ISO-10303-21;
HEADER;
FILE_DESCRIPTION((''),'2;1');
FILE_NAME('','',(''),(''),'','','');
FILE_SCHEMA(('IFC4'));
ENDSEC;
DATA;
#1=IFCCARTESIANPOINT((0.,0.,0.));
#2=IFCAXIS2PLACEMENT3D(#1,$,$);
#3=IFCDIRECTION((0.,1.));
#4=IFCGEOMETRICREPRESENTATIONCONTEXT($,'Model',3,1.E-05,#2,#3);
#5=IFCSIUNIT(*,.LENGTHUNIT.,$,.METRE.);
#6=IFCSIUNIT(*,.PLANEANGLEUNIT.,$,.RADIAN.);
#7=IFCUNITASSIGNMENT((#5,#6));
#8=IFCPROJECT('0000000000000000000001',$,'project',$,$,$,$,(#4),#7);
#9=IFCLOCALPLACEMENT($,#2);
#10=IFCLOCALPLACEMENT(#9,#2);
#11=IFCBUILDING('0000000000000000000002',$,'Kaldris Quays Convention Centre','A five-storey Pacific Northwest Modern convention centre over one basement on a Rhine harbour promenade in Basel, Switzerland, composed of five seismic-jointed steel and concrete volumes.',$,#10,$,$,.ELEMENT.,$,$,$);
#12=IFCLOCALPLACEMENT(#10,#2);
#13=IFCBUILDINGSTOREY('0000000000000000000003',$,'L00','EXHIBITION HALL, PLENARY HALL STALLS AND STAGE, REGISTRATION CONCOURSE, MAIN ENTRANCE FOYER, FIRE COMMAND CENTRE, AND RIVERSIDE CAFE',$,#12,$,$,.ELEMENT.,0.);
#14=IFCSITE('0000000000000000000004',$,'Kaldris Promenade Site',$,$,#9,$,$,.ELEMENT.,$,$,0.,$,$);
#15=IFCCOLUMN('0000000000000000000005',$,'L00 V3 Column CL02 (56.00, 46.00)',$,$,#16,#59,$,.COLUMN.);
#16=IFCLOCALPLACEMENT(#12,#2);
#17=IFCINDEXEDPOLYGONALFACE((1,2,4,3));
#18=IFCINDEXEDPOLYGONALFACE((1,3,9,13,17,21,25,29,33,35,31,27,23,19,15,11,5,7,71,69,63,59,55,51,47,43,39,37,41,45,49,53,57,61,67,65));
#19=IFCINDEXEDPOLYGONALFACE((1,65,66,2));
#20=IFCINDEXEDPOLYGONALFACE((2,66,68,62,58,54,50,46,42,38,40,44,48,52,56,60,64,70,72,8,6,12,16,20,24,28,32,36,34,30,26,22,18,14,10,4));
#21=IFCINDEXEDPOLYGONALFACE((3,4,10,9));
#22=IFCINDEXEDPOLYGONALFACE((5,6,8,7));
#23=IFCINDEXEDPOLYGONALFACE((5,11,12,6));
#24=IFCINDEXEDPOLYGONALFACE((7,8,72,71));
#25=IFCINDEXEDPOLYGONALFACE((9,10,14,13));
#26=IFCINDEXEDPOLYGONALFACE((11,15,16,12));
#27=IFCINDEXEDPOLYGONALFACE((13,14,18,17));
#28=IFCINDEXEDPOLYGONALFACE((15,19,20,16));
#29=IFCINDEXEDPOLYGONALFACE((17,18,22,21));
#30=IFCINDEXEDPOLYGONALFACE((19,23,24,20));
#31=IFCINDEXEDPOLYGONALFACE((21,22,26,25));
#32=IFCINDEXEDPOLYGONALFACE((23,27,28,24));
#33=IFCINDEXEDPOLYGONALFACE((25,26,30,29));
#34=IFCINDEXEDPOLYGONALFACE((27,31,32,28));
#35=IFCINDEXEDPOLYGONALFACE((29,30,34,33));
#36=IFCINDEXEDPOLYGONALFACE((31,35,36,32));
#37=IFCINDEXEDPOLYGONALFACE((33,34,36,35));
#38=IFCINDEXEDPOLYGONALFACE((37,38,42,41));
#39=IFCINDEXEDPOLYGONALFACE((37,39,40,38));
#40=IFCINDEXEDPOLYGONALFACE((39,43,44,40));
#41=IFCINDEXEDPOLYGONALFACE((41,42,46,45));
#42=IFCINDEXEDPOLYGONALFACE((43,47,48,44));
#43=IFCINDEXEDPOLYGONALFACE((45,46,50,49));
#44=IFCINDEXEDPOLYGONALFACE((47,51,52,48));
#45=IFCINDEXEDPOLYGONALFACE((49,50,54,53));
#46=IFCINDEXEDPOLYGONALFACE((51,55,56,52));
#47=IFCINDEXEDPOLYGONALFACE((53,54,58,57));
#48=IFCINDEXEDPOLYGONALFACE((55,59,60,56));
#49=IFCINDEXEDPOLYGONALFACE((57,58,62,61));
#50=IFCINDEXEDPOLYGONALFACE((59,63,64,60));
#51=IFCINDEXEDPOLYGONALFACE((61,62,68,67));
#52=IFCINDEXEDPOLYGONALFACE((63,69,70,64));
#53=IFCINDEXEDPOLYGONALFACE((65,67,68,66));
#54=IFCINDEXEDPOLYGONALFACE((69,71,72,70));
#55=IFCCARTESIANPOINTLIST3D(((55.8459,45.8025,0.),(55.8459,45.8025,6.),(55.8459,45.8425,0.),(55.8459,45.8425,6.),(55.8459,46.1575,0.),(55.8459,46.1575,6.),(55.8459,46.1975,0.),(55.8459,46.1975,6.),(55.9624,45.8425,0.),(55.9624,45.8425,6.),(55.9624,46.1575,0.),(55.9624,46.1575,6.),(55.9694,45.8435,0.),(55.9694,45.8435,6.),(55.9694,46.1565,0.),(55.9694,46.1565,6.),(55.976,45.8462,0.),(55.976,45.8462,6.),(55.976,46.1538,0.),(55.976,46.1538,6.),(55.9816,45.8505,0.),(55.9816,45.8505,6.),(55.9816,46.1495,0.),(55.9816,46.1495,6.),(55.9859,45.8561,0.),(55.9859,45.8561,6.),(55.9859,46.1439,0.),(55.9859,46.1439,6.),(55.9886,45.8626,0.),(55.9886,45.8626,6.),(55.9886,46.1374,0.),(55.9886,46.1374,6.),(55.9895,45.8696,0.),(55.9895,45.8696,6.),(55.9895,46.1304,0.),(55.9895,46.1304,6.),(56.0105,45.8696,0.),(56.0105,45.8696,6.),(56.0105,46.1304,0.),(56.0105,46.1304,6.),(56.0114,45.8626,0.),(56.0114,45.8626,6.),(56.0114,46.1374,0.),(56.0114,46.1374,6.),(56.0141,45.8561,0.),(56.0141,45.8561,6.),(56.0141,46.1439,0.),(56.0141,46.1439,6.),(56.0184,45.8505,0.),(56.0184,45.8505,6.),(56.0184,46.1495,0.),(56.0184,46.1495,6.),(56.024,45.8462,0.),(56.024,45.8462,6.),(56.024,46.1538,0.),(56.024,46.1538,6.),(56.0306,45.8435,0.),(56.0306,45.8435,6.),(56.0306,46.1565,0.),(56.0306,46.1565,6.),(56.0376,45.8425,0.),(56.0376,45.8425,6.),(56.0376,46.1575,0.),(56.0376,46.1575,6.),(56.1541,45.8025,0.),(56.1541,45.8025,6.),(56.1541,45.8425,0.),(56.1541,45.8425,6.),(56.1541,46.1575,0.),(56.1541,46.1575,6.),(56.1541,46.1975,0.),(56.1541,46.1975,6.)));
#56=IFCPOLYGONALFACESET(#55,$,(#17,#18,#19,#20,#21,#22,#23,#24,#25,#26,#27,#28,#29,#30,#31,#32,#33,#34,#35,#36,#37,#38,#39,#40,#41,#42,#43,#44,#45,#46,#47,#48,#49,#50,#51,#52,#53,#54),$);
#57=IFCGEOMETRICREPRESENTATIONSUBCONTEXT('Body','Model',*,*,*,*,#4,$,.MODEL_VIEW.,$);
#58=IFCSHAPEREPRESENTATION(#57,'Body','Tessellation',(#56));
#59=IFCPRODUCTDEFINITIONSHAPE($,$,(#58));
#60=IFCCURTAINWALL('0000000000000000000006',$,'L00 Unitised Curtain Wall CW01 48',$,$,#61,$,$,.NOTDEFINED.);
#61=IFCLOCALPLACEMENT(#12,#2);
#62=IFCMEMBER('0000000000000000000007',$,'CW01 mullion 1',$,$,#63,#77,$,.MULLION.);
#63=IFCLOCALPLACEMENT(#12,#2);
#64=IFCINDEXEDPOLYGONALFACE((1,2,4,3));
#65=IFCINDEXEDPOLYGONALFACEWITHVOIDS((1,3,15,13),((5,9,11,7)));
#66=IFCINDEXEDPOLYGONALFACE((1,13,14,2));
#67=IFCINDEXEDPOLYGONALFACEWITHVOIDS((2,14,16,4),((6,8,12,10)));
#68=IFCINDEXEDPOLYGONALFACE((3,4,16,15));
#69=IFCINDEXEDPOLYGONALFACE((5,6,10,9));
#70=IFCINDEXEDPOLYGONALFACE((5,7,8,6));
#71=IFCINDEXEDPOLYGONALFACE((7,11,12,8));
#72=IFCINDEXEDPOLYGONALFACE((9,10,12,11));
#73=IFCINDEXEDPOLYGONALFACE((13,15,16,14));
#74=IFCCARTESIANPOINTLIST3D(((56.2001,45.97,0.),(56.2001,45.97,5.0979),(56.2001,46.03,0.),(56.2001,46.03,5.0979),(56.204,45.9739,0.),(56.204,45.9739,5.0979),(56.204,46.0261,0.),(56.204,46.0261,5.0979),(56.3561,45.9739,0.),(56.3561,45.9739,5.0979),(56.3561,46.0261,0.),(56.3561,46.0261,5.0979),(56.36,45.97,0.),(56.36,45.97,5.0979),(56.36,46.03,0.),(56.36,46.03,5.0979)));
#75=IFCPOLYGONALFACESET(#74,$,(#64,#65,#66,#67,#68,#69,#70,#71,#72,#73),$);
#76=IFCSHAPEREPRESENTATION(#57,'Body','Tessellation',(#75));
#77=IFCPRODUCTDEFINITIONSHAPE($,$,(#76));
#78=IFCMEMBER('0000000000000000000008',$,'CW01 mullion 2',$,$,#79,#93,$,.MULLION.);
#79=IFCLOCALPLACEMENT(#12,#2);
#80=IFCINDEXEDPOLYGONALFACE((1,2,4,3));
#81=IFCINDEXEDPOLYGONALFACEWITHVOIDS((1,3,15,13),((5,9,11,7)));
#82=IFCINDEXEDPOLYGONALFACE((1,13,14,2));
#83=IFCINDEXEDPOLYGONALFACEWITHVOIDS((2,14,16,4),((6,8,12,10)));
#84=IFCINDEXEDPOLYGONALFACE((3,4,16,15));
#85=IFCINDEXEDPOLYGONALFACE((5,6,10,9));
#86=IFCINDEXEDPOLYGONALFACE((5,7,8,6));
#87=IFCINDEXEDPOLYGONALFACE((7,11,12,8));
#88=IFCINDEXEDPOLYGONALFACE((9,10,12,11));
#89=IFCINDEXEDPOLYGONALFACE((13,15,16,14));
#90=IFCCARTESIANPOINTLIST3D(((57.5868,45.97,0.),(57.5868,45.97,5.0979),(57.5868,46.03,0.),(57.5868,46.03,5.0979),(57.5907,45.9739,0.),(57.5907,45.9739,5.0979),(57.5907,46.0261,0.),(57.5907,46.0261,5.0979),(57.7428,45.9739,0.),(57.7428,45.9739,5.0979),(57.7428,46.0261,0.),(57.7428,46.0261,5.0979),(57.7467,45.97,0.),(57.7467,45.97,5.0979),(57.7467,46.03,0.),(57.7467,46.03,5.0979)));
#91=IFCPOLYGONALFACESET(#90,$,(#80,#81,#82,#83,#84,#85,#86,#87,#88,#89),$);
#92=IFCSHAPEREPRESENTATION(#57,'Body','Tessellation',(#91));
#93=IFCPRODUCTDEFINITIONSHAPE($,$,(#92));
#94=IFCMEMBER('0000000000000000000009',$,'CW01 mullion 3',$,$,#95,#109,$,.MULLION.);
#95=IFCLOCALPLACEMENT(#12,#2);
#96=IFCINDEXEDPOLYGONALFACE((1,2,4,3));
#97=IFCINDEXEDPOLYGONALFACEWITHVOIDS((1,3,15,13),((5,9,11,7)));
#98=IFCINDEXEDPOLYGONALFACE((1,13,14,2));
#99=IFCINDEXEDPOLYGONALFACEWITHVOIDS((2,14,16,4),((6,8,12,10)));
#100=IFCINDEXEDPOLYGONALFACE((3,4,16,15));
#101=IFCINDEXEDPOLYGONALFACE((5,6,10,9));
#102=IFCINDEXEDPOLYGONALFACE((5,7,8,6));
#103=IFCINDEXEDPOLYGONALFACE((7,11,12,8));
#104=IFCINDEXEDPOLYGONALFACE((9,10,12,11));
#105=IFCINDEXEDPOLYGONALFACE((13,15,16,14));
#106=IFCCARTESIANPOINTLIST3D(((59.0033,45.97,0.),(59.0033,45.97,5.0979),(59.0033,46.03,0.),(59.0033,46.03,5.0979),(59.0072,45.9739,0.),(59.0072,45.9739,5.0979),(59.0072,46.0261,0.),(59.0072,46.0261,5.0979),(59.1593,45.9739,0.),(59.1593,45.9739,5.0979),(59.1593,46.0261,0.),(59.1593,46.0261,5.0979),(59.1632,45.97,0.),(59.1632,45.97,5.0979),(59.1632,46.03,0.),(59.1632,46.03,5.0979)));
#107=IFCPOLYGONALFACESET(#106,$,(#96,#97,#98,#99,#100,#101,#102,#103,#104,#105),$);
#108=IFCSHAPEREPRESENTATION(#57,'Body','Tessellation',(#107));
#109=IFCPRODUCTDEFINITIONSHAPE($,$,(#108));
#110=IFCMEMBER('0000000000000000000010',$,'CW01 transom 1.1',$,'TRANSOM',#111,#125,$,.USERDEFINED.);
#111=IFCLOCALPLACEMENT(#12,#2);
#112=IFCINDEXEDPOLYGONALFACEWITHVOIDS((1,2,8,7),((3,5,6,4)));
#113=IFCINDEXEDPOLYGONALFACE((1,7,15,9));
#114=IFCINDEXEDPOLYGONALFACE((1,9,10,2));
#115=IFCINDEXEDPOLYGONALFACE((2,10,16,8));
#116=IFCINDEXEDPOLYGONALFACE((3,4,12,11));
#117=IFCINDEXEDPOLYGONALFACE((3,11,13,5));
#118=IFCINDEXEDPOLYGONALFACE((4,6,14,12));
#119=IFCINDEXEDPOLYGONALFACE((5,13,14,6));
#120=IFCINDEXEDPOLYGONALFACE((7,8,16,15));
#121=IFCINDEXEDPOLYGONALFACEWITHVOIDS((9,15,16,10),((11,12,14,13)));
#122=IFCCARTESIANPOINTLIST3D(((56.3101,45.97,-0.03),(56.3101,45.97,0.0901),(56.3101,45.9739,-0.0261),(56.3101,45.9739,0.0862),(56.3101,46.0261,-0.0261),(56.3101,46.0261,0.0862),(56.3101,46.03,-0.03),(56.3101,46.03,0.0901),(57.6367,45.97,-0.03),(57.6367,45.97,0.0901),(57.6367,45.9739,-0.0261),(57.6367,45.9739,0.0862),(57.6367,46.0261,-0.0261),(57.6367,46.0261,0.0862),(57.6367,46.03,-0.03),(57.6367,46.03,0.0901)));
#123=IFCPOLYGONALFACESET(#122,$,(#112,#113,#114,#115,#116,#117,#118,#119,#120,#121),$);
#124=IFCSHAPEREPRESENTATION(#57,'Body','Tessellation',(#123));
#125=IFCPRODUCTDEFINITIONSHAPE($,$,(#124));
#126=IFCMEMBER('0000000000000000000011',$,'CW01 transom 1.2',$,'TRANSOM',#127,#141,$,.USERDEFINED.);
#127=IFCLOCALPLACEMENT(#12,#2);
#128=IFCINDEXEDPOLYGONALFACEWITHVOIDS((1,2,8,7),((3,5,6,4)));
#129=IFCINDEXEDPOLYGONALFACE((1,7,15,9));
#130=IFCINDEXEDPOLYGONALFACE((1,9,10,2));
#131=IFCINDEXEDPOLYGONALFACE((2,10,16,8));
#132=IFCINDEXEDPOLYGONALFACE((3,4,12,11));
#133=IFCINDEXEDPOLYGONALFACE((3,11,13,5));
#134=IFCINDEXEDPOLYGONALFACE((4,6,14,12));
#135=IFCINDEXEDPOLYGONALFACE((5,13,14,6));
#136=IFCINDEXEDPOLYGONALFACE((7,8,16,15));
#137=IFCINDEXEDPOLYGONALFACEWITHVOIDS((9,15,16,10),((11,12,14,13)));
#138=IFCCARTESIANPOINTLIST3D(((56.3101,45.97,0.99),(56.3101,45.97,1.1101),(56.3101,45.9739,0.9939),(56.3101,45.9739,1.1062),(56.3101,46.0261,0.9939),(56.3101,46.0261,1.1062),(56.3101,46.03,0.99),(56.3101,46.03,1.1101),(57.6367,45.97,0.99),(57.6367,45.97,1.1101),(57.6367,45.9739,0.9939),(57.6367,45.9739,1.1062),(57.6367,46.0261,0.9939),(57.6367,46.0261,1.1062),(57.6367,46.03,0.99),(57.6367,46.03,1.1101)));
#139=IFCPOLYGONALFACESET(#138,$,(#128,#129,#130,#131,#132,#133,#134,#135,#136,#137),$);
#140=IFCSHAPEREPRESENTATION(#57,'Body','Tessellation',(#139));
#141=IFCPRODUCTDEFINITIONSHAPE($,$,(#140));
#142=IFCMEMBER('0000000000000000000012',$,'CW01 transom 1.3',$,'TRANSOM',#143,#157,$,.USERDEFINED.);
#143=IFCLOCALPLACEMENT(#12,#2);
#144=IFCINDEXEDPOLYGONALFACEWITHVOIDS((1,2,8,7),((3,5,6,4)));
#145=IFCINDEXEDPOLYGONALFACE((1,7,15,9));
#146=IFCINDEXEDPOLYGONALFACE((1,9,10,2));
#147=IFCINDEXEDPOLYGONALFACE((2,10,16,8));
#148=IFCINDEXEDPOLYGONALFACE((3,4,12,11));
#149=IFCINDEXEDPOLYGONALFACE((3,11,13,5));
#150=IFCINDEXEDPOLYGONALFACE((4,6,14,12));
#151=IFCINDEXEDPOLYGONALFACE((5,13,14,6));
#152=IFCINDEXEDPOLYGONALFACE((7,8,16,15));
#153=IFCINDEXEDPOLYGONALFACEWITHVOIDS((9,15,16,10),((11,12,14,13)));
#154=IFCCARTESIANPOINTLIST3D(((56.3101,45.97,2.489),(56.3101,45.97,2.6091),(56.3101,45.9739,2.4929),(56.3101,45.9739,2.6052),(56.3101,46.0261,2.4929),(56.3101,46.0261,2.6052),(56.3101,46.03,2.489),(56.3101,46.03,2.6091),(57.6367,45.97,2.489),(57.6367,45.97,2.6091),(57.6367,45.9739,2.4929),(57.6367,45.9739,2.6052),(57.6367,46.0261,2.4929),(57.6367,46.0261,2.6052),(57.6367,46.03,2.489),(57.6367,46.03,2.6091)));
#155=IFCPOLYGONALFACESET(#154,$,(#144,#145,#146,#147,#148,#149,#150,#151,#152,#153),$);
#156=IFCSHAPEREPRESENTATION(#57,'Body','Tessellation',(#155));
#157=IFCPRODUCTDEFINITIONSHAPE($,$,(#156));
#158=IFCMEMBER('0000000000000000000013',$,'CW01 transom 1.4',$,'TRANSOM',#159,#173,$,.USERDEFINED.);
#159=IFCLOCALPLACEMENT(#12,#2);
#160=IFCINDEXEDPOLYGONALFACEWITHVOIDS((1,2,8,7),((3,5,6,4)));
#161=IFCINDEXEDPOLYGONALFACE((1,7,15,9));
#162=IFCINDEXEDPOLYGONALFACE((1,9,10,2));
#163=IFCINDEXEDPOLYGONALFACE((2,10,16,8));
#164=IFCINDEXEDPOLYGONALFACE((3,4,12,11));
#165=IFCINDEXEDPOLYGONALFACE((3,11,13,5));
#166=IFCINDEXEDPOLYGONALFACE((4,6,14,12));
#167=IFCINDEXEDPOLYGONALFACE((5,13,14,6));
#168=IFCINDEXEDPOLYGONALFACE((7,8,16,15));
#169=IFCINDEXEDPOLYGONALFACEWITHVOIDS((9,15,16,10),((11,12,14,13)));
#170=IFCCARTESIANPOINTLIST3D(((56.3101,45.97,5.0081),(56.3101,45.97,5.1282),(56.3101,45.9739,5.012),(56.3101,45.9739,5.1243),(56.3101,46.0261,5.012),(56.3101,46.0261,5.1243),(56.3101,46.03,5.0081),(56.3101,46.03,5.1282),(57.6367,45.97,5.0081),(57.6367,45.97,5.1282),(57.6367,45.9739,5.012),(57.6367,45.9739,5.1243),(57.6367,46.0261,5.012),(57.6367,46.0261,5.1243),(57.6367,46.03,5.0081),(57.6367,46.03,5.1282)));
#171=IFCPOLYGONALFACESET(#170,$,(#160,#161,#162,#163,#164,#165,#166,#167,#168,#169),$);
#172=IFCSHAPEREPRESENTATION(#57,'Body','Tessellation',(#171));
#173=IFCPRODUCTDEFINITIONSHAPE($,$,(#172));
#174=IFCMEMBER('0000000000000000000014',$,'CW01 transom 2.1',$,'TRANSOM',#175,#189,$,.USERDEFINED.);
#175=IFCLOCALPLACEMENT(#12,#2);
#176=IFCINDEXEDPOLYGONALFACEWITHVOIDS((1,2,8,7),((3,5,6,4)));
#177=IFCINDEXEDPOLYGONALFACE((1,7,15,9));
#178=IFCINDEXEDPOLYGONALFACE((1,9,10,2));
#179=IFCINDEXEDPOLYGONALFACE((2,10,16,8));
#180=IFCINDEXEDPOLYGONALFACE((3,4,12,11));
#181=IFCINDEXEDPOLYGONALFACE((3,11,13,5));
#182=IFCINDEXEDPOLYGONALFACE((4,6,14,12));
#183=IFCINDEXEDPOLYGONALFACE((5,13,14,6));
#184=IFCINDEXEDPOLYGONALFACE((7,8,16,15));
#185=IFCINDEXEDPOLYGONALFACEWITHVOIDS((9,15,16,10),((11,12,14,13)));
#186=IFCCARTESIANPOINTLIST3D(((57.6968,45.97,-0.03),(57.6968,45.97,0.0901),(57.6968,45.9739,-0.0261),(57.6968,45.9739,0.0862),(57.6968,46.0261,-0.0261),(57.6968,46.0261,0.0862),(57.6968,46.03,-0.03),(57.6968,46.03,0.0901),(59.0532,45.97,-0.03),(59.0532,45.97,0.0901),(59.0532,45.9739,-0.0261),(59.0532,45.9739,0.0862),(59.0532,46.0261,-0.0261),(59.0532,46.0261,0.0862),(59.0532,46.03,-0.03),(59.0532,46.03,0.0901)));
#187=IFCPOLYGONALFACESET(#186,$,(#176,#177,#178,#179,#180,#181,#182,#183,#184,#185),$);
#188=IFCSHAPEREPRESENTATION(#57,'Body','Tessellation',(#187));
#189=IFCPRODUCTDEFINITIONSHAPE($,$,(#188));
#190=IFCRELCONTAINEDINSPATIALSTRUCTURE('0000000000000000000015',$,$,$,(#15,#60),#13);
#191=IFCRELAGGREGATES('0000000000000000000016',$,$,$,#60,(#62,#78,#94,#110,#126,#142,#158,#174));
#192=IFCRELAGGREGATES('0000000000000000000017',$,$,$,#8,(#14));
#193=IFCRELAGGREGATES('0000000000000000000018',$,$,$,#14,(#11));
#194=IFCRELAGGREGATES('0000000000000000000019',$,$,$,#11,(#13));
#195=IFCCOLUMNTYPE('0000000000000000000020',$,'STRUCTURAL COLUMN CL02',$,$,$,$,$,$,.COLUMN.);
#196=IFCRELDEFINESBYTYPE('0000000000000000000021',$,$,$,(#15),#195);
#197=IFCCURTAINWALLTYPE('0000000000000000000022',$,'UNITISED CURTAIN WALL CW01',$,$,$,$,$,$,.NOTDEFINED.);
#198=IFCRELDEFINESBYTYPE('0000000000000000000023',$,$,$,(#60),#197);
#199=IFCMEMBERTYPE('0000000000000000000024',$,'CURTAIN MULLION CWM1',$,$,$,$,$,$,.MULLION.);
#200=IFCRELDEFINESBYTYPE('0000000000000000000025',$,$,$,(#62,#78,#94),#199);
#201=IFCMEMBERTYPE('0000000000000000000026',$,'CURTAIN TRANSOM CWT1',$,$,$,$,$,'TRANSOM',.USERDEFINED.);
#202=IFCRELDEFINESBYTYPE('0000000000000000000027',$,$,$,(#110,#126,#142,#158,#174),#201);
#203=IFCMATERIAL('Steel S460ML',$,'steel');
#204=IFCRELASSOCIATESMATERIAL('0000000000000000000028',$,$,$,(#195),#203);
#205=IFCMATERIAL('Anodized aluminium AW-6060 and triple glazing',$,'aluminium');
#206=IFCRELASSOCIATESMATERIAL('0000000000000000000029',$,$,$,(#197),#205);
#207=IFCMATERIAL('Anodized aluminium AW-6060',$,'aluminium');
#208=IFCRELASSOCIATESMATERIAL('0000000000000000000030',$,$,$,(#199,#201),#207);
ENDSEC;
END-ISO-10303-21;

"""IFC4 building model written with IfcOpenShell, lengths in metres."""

from ifc_helpers import new_model, si_unit, direction, frame, origin, origin_2d, place, context, subcontext, project, spatial, hollow_rectangle, i_section, extrude, material, material_profile, profile_set, type_object, element, aggregate, save


model = new_model("IFC4")

# Units and contexts
model_context = context("Model", 3, precision=1e-05, world=origin(), true_north=direction((0.0, 1.0)))
body_context = subcontext(model_context, "Body", "Model", "MODEL_VIEW")
ifc_project = project(units=[si_unit("LENGTHUNIT", "METRE"), si_unit("PLANEANGLEUNIT", "RADIAN")], contexts=[model_context])

# Site, building, storey
site_placement = place(None, origin())
site = spatial("IfcSite", under=ifc_project, at=site_placement, Name="Kaldris Promenade Site", CompositionType="ELEMENT", RefElevation=0.0)
building_placement = place(site_placement, origin())
building = spatial("IfcBuilding", under=site, at=building_placement, Name="Kaldris Quays Convention Centre", Description="A five-storey Pacific Northwest Modern convention centre over one basement on a Rhine harbour promenade in Basel, Switzerland, composed of five seismic-jointed steel and concrete volumes.", CompositionType="ELEMENT")
storey_placement = place(building_placement, origin())
storey = spatial("IfcBuildingStorey", under=building, at=storey_placement, Name="L00", Description="EXHIBITION HALL, PLENARY HALL STALLS AND STAGE, REGISTRATION CONCOURSE, MAIN ENTRANCE FOYER, FIRE COMMAND CENTRE, AND RIVERSIDE CAFE", CompositionType="ELEMENT", Elevation=0.0)

# Column
ifc_material_1 = material(Name="Steel S460ML", Category="steel")
ifc_material_profile_1 = material_profile(ifc_material_1, i_section(OverallWidth=0.3081, OverallDepth=0.395, WebThickness=0.021, FlangeThickness=0.04, FilletRadius=0.0271, at=origin_2d()), Name="HEM 360")
ifc_profile_set_1 = profile_set([ifc_material_profile_1], Name="Steel S460ML")
column_type = type_object("IfcColumnType", Name="STRUCTURAL COLUMN CL02", PredefinedType="COLUMN", material=ifc_profile_set_1)
column_placement = place(storey_placement, frame((56.0, 46.0, 0.0), z_axis=(0.0, 0.0, 1.0), x_axis=(1.0, 0.0, 0.0)))
element("IfcColumn", 1, at=column_placement, inside=storey, type_object=column_type, Name="L00 V3 Column CL02 (56.00, 46.00)", PredefinedType="COLUMN", context=body_context, shape_type="SweptSolid", body=[
    extrude(i_section(OverallWidth=0.3081, OverallDepth=0.395, WebThickness=0.021, FlangeThickness=0.04, FilletRadius=0.0271, at=origin_2d()), origin(), (0.0, 0.0, 1.0), 6.0),
])

# Curtain wall, members
ifc_material_2 = material(Name="Anodized aluminium AW-6060 and triple glazing", Category="aluminium")
curtain_wall_type = type_object("IfcCurtainWallType", Name="UNITISED CURTAIN WALL CW01", PredefinedType="NOTDEFINED", material=ifc_material_2)
curtain_wall_placement = place(storey_placement, origin())
curtain_wall = element("IfcCurtainWall", 2, at=curtain_wall_placement, inside=storey, type_object=curtain_wall_type, Name="L00 Unitised Curtain Wall CW01 48", PredefinedType="NOTDEFINED")
ifc_material_3 = material(Name="Anodized aluminium AW-6060", Category="aluminium")
ifc_material_profile_2 = material_profile(ifc_material_3, hollow_rectangle(XDim=0.0601, YDim=0.1599, WallThickness=0.0039, at=origin_2d()), Name="RHS 160x60x4")
ifc_profile_set_2 = profile_set([ifc_material_profile_2], Name="Anodized aluminium AW-6060")
member_type_1 = type_object("IfcMemberType", Name="CURTAIN MULLION CWM1", PredefinedType="MULLION", material=ifc_profile_set_2)
member_1_placement = place(storey_placement, frame((56.28, 46.0, 0.0), z_axis=(0.0, 0.0, 1.0), x_axis=(0.0, 1.0, 0.0)))
member_1 = element("IfcMember", 3, at=member_1_placement, type_object=member_type_1, Name="CW01 mullion 1", PredefinedType="MULLION", context=body_context, shape_type="SweptSolid", body=[
    extrude(hollow_rectangle(XDim=0.0601, YDim=0.1599, WallThickness=0.0039, at=origin_2d()), origin(), (0.0, 0.0, 1.0), 5.0979),
])
member_2_placement = place(storey_placement, frame((57.6667, 46.0, 0.0), z_axis=(0.0, 0.0, 1.0), x_axis=(0.0, 1.0, 0.0)))
member_2 = element("IfcMember", 4, at=member_2_placement, type_object=member_type_1, Name="CW01 mullion 2", PredefinedType="MULLION", context=body_context, shape_type="SweptSolid", body=[
    extrude(hollow_rectangle(XDim=0.0601, YDim=0.1599, WallThickness=0.0039, at=origin_2d()), origin(), (0.0, 0.0, 1.0), 5.0979),
])
member_3_placement = place(storey_placement, frame((59.0833, 46.0, 0.0), z_axis=(0.0, 0.0, 1.0), x_axis=(0.0, 1.0, 0.0)))
member_3 = element("IfcMember", 5, at=member_3_placement, type_object=member_type_1, Name="CW01 mullion 3", PredefinedType="MULLION", context=body_context, shape_type="SweptSolid", body=[
    extrude(hollow_rectangle(XDim=0.0601, YDim=0.1599, WallThickness=0.0039, at=origin_2d()), origin(), (0.0, 0.0, 1.0), 5.0979),
])
ifc_material_profile_3 = material_profile(ifc_material_3, hollow_rectangle(XDim=0.0601, YDim=0.1201, WallThickness=0.0039, at=origin_2d()), Name="RHS 120x60x4")
ifc_profile_set_3 = profile_set([ifc_material_profile_3], Name="Anodized aluminium AW-6060")
member_type_2 = type_object("IfcMemberType", Name="CURTAIN TRANSOM CWT1", ElementType="TRANSOM", PredefinedType="USERDEFINED", material=ifc_profile_set_3)
member_4_placement = place(storey_placement, frame((56.3101, 46.0, 0.03), z_axis=(1.0, 0.0, 0.0), x_axis=(0.0, 1.0, 0.0)))
member_4 = element("IfcMember", 6, at=member_4_placement, type_object=member_type_2, Name="CW01 transom 1.1", ObjectType="TRANSOM", PredefinedType="USERDEFINED", context=body_context, shape_type="SweptSolid", body=[
    extrude(hollow_rectangle(XDim=0.0601, YDim=0.1201, WallThickness=0.0039, at=origin_2d()), origin(), (0.0, 0.0, 1.0), 1.3267),
])
member_5_placement = place(storey_placement, frame((56.3101, 46.0, 1.05), z_axis=(1.0, 0.0, 0.0), x_axis=(0.0, 1.0, 0.0)))
member_5 = element("IfcMember", 7, at=member_5_placement, type_object=member_type_2, Name="CW01 transom 1.2", ObjectType="TRANSOM", PredefinedType="USERDEFINED", context=body_context, shape_type="SweptSolid", body=[
    extrude(hollow_rectangle(XDim=0.0601, YDim=0.1201, WallThickness=0.0039, at=origin_2d()), origin(), (0.0, 0.0, 1.0), 1.3267),
])
member_6_placement = place(storey_placement, frame((56.3101, 46.0, 2.5491), z_axis=(1.0, 0.0, 0.0), x_axis=(0.0, 1.0, 0.0)))
member_6 = element("IfcMember", 8, at=member_6_placement, type_object=member_type_2, Name="CW01 transom 1.3", ObjectType="TRANSOM", PredefinedType="USERDEFINED", context=body_context, shape_type="SweptSolid", body=[
    extrude(hollow_rectangle(XDim=0.0601, YDim=0.1201, WallThickness=0.0039, at=origin_2d()), origin(), (0.0, 0.0, 1.0), 1.3267),
])
member_7_placement = place(storey_placement, frame((56.3101, 46.0, 5.0681), z_axis=(1.0, 0.0, 0.0), x_axis=(0.0, 1.0, 0.0)))
member_7 = element("IfcMember", 9, at=member_7_placement, type_object=member_type_2, Name="CW01 transom 1.4", ObjectType="TRANSOM", PredefinedType="USERDEFINED", context=body_context, shape_type="SweptSolid", body=[
    extrude(hollow_rectangle(XDim=0.0601, YDim=0.1201, WallThickness=0.0039, at=origin_2d()), origin(), (0.0, 0.0, 1.0), 1.3267),
])
member_8_placement = place(storey_placement, frame((57.6968, 46.0, 0.03), z_axis=(1.0, 0.0, 0.0), x_axis=(0.0, 1.0, 0.0)))
member_8 = element("IfcMember", 10, at=member_8_placement, type_object=member_type_2, Name="CW01 transom 2.1", ObjectType="TRANSOM", PredefinedType="USERDEFINED", context=body_context, shape_type="SweptSolid", body=[
    extrude(hollow_rectangle(XDim=0.0601, YDim=0.1201, WallThickness=0.0039, at=origin_2d()), origin(), (0.0, 0.0, 1.0), 1.3564),
])

aggregate(curtain_wall, [member_1, member_2, member_3, member_4, member_5, member_6, member_7, member_8])

save(model, "model.ifc")
